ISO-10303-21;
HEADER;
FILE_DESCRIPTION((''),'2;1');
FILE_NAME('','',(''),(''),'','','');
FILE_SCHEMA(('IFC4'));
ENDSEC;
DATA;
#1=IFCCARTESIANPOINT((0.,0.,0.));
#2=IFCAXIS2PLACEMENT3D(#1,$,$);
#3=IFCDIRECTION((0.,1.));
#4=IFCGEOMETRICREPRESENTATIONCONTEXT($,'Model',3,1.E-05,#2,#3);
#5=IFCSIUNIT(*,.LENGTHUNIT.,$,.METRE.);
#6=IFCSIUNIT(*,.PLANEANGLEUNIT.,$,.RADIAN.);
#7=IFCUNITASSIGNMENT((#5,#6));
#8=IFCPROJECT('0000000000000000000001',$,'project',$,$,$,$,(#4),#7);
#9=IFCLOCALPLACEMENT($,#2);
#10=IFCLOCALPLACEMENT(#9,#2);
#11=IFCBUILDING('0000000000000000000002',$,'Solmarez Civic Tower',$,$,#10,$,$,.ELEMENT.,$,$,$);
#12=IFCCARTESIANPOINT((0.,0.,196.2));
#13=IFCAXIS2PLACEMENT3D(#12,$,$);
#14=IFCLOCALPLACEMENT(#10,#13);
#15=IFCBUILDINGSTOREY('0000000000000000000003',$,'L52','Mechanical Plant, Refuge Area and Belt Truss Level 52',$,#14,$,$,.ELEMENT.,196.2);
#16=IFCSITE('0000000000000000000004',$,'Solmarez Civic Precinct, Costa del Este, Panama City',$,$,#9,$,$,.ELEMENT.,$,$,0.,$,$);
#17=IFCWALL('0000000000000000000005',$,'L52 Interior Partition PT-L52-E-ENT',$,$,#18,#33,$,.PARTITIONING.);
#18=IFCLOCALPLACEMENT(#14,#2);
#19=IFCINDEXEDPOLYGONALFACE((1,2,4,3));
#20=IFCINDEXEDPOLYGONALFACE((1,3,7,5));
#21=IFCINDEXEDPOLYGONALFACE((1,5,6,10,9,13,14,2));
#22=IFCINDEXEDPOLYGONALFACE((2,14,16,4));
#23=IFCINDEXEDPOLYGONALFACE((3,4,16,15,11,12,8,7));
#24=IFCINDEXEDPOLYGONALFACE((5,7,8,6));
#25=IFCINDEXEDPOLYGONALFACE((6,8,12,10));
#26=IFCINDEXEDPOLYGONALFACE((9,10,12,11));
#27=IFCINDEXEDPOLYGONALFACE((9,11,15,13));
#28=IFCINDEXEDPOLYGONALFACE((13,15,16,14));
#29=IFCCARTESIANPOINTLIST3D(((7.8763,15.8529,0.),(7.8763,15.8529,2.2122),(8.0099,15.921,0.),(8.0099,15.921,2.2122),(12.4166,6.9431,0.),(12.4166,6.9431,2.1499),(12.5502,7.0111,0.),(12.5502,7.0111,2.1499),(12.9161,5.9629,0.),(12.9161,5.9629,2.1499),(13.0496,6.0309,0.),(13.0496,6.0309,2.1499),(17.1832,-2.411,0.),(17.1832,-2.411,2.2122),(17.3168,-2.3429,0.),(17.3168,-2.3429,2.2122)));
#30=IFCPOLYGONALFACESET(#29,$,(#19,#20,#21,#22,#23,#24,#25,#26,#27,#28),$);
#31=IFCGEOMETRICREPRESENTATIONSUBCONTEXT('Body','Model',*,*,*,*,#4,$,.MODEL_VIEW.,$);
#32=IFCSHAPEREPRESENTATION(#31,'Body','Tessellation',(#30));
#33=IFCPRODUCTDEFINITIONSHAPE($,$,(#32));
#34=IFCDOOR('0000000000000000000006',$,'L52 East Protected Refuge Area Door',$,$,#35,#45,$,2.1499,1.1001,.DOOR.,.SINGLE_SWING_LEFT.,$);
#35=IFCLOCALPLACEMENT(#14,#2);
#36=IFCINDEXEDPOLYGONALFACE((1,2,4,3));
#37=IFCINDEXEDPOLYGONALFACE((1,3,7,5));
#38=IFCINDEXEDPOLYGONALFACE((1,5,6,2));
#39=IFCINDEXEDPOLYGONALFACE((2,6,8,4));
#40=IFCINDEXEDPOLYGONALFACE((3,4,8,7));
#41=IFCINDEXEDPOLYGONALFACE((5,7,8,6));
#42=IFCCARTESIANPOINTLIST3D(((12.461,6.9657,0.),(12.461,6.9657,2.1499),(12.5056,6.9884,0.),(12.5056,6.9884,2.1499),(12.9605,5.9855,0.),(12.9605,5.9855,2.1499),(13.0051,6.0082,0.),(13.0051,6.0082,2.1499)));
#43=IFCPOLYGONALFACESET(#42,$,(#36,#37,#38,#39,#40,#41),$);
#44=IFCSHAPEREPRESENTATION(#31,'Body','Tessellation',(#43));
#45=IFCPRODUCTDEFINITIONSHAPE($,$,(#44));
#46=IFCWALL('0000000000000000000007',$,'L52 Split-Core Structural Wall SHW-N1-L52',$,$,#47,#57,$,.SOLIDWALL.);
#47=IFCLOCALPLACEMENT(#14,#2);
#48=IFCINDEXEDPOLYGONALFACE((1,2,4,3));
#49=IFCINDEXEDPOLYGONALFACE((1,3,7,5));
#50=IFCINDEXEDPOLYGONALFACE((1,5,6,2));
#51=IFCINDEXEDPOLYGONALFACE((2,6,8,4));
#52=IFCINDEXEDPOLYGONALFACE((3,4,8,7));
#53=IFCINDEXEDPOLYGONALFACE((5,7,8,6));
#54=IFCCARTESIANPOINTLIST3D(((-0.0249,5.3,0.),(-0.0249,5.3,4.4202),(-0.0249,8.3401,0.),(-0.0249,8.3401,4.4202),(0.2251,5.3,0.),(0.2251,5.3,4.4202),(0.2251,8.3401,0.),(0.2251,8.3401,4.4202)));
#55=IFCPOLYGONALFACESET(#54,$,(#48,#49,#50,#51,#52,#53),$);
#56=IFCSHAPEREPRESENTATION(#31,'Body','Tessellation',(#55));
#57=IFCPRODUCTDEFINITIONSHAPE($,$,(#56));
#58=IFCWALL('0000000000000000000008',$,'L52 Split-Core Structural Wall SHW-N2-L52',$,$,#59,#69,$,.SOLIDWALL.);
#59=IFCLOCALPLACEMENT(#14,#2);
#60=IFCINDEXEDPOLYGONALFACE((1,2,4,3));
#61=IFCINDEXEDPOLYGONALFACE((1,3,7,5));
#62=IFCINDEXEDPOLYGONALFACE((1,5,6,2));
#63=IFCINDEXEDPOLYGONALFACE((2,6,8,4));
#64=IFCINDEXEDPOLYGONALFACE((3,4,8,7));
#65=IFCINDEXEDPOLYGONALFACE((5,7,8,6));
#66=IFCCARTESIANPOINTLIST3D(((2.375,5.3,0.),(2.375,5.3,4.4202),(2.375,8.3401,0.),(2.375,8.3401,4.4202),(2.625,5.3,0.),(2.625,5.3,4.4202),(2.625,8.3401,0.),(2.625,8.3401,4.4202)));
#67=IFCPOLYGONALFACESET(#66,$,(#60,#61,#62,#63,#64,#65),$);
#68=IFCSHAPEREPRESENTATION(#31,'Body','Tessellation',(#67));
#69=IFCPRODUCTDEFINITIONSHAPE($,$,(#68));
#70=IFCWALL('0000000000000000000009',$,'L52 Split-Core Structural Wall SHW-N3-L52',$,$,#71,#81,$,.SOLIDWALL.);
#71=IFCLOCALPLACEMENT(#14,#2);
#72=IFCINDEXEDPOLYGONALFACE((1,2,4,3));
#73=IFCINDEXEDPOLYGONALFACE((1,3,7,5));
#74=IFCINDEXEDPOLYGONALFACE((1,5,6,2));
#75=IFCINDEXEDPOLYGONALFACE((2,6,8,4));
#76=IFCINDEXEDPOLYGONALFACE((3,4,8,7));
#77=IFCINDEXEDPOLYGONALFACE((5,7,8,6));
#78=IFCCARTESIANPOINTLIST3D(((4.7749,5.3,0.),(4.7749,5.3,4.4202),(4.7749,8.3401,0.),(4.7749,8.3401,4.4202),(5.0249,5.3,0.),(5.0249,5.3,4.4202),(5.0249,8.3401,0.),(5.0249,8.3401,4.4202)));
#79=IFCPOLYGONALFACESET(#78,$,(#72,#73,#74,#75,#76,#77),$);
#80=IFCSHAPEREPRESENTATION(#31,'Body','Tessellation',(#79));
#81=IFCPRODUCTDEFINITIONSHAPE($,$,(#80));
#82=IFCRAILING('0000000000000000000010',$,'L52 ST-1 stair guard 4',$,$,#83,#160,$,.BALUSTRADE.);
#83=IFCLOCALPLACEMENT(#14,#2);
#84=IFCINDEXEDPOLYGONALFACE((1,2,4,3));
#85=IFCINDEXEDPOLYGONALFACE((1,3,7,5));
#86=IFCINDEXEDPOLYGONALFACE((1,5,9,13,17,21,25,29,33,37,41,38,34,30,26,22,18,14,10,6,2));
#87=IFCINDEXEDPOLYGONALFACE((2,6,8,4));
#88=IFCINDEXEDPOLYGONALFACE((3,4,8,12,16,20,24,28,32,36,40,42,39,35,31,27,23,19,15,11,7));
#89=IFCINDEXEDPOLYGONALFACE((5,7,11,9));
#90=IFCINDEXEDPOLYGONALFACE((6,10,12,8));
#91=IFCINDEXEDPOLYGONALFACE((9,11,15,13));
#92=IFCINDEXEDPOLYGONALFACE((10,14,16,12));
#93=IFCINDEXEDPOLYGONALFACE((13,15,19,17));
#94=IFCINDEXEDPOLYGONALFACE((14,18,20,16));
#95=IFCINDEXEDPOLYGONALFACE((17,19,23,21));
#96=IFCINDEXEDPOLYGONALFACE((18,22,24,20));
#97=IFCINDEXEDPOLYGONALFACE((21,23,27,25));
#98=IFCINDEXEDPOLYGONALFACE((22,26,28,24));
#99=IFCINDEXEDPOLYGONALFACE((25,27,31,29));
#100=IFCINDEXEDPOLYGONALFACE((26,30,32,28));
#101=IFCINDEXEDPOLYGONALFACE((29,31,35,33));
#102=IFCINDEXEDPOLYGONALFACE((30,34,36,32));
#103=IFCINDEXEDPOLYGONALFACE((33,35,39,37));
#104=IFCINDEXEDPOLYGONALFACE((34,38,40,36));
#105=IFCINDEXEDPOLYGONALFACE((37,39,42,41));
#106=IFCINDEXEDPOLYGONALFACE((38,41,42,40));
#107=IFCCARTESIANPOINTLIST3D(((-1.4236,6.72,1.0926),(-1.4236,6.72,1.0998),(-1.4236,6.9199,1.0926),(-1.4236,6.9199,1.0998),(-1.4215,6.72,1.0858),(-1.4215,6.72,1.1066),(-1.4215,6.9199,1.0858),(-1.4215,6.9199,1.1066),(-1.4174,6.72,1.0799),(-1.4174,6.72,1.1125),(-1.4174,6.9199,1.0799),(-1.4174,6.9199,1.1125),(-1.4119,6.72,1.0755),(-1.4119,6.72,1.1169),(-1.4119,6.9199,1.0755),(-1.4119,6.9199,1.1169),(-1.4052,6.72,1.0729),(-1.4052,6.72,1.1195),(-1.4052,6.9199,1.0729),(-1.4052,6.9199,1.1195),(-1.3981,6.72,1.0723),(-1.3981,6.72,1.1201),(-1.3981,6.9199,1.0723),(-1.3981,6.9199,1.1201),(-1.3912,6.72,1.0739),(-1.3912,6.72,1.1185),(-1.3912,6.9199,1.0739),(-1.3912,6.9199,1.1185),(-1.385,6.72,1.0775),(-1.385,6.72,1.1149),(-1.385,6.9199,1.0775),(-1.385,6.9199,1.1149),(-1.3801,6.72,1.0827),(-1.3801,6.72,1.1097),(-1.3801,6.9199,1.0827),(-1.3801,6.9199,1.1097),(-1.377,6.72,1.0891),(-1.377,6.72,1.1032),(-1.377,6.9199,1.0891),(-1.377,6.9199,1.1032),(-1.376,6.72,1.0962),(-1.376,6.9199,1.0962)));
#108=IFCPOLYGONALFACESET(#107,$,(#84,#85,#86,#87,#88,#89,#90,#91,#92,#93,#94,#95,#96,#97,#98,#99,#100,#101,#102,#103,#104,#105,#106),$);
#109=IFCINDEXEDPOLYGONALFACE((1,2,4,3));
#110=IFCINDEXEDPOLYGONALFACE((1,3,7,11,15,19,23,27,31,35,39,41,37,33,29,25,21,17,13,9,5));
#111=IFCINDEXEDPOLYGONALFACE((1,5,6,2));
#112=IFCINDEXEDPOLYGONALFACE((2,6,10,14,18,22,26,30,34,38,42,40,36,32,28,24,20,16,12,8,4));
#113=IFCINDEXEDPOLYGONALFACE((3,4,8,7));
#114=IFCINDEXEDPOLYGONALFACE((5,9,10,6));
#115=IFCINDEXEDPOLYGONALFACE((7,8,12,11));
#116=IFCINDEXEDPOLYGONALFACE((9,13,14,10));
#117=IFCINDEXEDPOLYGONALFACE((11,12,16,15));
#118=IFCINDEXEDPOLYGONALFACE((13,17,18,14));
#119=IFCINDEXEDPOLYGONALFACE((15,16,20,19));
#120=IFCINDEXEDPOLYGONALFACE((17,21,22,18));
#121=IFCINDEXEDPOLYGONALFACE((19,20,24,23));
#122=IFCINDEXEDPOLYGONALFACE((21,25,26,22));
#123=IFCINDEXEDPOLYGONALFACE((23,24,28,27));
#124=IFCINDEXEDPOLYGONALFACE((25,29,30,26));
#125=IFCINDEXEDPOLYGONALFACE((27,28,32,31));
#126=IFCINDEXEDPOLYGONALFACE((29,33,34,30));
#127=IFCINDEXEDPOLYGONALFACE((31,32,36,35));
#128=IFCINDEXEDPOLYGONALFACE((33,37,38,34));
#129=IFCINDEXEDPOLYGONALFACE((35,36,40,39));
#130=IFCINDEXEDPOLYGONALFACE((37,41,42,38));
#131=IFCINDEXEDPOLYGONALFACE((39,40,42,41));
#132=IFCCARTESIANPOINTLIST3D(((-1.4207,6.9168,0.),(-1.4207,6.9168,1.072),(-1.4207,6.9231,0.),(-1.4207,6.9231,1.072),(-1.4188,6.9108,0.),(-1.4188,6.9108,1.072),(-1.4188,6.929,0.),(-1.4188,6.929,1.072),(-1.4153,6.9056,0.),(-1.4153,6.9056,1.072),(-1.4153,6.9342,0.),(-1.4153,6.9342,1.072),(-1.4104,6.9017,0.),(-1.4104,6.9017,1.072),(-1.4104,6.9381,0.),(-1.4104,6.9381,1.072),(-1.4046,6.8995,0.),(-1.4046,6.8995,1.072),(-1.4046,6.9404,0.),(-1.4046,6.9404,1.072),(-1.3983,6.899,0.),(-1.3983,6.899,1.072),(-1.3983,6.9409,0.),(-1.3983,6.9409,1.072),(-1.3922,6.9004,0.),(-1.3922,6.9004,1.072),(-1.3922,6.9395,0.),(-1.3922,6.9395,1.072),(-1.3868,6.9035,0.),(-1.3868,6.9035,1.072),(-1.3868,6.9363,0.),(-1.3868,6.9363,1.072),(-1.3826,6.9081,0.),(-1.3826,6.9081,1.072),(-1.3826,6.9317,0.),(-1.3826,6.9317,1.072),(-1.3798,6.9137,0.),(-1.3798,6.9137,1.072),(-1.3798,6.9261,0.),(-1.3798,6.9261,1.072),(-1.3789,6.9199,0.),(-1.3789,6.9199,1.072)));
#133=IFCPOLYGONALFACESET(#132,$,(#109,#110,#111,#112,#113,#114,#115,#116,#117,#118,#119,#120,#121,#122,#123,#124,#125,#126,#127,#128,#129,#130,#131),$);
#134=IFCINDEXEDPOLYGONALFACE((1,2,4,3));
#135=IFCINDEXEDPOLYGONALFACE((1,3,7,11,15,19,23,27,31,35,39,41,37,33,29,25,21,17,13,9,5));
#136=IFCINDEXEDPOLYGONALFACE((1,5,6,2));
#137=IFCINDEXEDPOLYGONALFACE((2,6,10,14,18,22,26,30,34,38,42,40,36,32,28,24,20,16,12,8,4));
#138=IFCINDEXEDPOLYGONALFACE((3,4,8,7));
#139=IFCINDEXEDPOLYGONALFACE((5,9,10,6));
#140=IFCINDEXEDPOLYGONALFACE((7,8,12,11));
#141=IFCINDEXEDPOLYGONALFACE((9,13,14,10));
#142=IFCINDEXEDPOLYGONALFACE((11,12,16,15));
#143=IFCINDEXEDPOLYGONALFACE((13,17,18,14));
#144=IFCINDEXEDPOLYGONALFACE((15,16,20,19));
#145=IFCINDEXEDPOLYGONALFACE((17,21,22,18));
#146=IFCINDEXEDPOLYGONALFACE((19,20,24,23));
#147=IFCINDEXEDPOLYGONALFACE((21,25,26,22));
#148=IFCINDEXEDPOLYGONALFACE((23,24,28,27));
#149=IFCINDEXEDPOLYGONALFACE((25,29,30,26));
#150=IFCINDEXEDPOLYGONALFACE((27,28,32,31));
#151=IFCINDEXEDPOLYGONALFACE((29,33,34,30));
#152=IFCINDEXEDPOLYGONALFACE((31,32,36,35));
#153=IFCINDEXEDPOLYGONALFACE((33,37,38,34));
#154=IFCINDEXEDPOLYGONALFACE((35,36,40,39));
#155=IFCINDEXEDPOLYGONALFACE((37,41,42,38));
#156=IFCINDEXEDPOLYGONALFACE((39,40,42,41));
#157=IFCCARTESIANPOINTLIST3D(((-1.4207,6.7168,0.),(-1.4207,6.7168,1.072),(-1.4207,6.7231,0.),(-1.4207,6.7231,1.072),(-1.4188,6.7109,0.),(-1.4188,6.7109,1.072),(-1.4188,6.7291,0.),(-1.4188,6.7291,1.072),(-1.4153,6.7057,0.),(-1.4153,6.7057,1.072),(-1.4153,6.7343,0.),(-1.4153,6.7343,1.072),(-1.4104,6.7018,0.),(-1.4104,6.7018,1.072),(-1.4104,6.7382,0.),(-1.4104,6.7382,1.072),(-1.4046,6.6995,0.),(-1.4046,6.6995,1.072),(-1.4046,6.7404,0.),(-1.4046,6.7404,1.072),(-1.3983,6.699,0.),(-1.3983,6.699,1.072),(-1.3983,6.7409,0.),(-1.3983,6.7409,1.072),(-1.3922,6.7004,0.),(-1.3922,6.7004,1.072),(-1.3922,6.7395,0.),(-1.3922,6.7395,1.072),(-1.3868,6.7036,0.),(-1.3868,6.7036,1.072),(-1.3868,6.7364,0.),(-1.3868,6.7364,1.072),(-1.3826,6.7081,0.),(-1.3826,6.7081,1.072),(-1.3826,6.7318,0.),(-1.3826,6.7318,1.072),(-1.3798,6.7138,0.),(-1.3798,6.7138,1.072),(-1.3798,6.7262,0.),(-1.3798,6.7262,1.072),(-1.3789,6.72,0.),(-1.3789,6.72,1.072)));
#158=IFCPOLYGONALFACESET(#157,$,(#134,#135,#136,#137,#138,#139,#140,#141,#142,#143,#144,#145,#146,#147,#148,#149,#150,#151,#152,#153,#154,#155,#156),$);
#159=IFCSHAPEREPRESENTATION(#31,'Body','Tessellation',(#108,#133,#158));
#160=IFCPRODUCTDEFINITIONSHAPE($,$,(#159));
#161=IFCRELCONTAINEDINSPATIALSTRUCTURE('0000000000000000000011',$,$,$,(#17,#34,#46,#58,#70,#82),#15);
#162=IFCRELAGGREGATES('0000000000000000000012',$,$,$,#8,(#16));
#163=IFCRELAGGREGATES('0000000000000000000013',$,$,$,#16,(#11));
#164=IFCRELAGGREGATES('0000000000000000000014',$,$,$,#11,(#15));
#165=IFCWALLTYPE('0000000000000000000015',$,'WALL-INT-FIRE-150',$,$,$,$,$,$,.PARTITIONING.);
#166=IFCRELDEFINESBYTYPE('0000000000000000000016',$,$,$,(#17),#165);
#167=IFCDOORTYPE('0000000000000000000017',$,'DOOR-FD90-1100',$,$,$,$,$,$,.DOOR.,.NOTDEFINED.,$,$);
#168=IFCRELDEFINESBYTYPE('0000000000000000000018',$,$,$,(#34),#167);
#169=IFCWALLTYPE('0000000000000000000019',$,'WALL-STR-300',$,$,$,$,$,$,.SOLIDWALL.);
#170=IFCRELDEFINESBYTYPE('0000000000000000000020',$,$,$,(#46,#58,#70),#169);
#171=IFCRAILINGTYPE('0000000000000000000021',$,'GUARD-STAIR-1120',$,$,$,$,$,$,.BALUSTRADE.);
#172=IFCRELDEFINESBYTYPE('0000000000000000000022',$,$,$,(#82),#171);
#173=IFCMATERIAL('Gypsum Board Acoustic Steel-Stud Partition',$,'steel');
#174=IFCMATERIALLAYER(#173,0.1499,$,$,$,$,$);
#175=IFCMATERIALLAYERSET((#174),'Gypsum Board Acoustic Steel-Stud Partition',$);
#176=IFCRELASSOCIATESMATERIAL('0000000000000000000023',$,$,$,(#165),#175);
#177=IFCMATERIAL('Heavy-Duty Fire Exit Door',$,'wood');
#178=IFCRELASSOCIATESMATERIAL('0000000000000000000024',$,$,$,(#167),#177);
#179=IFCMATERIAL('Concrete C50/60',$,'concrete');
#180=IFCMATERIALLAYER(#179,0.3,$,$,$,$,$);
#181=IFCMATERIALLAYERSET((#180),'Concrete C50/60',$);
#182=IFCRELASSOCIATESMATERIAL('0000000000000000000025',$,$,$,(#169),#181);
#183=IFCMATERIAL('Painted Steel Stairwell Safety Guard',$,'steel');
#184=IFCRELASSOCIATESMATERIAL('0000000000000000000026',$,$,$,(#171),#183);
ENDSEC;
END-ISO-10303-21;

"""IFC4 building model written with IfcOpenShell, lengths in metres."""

from ifc_helpers import new_model, si_unit, direction, frame, frame_2d, origin, origin_2d, place, context, subcontext, project, spatial, rectangle, circle, extrude, material, layer, layer_set, type_object, element, fill, save


model = new_model("IFC4")

# Units and contexts
model_context = context("Model", 3, precision=1e-05, world=origin(), true_north=direction((0.0, 1.0)))
body_context = subcontext(model_context, "Body", "Model", "MODEL_VIEW")
ifc_project = project(units=[si_unit("LENGTHUNIT", "METRE"), si_unit("PLANEANGLEUNIT", "RADIAN")], contexts=[model_context])

# Site, building, storey
site_placement = place(None, origin())
site = spatial("IfcSite", under=ifc_project, at=site_placement, Name="Solmarez Civic Precinct, Costa del Este, Panama City", CompositionType="ELEMENT", RefElevation=0.0)
building_placement = place(site_placement, origin())
building = spatial("IfcBuilding", under=site, at=building_placement, Name="Solmarez Civic Tower", CompositionType="ELEMENT")
storey_placement = place(building_placement, frame((0.0, 0.0, 196.2)))
storey = spatial("IfcBuildingStorey", under=building, at=storey_placement, Name="L52", Description="Mechanical Plant, Refuge Area and Belt Truss Level 52", CompositionType="ELEMENT", Elevation=196.2)

# Shared definitions
ifc_material_1 = material(Name="Concrete C50/60", Category="concrete")

# Wall, opening, door
ifc_material_2 = material(Name="Gypsum Board Acoustic Steel-Stud Partition", Category="steel")
ifc_layer_1 = layer(ifc_material_2, 0.1499)
ifc_layer_set_1 = layer_set([ifc_layer_1], Name="Gypsum Board Acoustic Steel-Stud Partition")
wall_type_1 = type_object("IfcWallType", Name="WALL-INT-FIRE-150", PredefinedType="PARTITIONING", material=ifc_layer_set_1)
wall_1_placement = place(storey_placement, frame((7.9431, 15.887, 0.0), z_axis=(0.0, 0.0, 1.0), x_axis=(0.454027, -0.890988, 0.0)))
wall_1 = element("IfcWall", 1, at=wall_1_placement, inside=storey, type_object=wall_type_1, Name="L52 Interior Partition PT-L52-E-ENT", PredefinedType="PARTITIONING", context=body_context, shape_type="SweptSolid", body=[
    extrude(rectangle(XDim=20.4985, YDim=0.1499, at=frame_2d((10.2493, 0.0))), origin(), (0.0, 0.0, 1.0), 2.2122),
])
opening_placement = place(wall_1_placement, frame((10.0, 0.0, 0.0)))
opening = element("IfcOpeningElement", 2, at=opening_placement, cuts=wall_1, PredefinedType="OPENING", context=body_context, shape_type="SweptSolid", body=[
    extrude(rectangle(XDim=1.1001, YDim=2.1499, at=frame_2d((0.55, 1.075))), frame((0.0, 0.085, 0.0), z_axis=(0.0, -1.0, 0.0), x_axis=(1.0, 0.0, 0.0)), (0.0, 0.0, 1.0), 0.1699),
])
ifc_material_3 = material(Name="Heavy-Duty Fire Exit Door", Category="wood")
door_type = type_object("IfcDoorType", Name="DOOR-FD90-1100", OperationType="NOTDEFINED", PredefinedType="DOOR", material=ifc_material_3)
door_placement = place(opening_placement, origin())
door = element("IfcDoor", 3, at=door_placement, inside=storey, type_object=door_type, Name="L52 East Protected Refuge Area Door", OperationType="SINGLE_SWING_LEFT", OverallHeight=2.1499, OverallWidth=1.1001, PredefinedType="DOOR", context=body_context, shape_type="SweptSolid", body=[
    extrude(rectangle(XDim=1.1001, YDim=2.1499, at=frame_2d((0.55, 1.075))), frame((0.0, 0.0249, 0.0), z_axis=(0.0, -1.0, 0.0), x_axis=(1.0, 0.0, 0.0)), (0.0, 0.0, 1.0), 0.05),
])
fill(opening, door)

# Walls
ifc_layer_2 = layer(ifc_material_1, 0.3)
ifc_layer_set_2 = layer_set([ifc_layer_2], Name="Concrete C50/60")
wall_type_2 = type_object("IfcWallType", Name="WALL-STR-300", PredefinedType="SOLIDWALL", material=ifc_layer_set_2)
for number, where, z_axis, x_axis, name in (
    (4, (0.1001, 5.3, 0.0), (0.0, 0.0, 1.0), (0.0, 1.0, 0.0), "L52 Split-Core Structural Wall SHW-N1-L52"),
    (5, (2.5, 5.3, 0.0), (0.0, 0.0, 1.0), (0.0, 1.0, 0.0), "L52 Split-Core Structural Wall SHW-N2-L52"),
    (6, (4.8999, 5.3, 0.0), (0.0, 0.0, 1.0), (0.0, 1.0, 0.0), "L52 Split-Core Structural Wall SHW-N3-L52"),
):
    element("IfcWall", number, at=place(storey_placement, frame(where, z_axis=z_axis, x_axis=x_axis)), inside=storey, type_object=wall_type_2, Name=name, PredefinedType="SOLIDWALL", context=body_context, shape_type="SweptSolid", body=[
        extrude(rectangle(XDim=3.04, YDim=0.25, at=frame_2d((1.52, 0.0))), origin(), (0.0, 0.0, 1.0), 4.4202),
    ])

# Railing
ifc_material_4 = material(Name="Painted Steel Stairwell Safety Guard", Category="steel")
railing_type = type_object("IfcRailingType", Name="GUARD-STAIR-1120", PredefinedType="BALUSTRADE", material=ifc_material_4)
railing_placement = place(storey_placement, frame((-1.3999, 6.9199, 0.0)))
element("IfcRailing", 7, at=railing_placement, inside=storey, type_object=railing_type, Name="L52 ST-1 stair guard 4", PredefinedType="BALUSTRADE", context=body_context, shape_type="SweptSolid", body=[
    extrude(circle(Radius=0.0239, at=origin_2d()), frame((0.0, 0.0, 1.0962), z_axis=(0.0, -1.0, 0.0), x_axis=(1.0, 0.0, 0.0)), (0.0, 0.0, 1.0), 0.2),
    extrude(circle(Radius=0.021, at=origin_2d()), origin(), (0.0, 0.0, 1.0), 1.072),
    extrude(circle(Radius=0.021, at=origin_2d()), frame((0.0, -0.2, 0.0)), (0.0, 0.0, 1.0), 1.072),
])

save(model, "model.ifc")
